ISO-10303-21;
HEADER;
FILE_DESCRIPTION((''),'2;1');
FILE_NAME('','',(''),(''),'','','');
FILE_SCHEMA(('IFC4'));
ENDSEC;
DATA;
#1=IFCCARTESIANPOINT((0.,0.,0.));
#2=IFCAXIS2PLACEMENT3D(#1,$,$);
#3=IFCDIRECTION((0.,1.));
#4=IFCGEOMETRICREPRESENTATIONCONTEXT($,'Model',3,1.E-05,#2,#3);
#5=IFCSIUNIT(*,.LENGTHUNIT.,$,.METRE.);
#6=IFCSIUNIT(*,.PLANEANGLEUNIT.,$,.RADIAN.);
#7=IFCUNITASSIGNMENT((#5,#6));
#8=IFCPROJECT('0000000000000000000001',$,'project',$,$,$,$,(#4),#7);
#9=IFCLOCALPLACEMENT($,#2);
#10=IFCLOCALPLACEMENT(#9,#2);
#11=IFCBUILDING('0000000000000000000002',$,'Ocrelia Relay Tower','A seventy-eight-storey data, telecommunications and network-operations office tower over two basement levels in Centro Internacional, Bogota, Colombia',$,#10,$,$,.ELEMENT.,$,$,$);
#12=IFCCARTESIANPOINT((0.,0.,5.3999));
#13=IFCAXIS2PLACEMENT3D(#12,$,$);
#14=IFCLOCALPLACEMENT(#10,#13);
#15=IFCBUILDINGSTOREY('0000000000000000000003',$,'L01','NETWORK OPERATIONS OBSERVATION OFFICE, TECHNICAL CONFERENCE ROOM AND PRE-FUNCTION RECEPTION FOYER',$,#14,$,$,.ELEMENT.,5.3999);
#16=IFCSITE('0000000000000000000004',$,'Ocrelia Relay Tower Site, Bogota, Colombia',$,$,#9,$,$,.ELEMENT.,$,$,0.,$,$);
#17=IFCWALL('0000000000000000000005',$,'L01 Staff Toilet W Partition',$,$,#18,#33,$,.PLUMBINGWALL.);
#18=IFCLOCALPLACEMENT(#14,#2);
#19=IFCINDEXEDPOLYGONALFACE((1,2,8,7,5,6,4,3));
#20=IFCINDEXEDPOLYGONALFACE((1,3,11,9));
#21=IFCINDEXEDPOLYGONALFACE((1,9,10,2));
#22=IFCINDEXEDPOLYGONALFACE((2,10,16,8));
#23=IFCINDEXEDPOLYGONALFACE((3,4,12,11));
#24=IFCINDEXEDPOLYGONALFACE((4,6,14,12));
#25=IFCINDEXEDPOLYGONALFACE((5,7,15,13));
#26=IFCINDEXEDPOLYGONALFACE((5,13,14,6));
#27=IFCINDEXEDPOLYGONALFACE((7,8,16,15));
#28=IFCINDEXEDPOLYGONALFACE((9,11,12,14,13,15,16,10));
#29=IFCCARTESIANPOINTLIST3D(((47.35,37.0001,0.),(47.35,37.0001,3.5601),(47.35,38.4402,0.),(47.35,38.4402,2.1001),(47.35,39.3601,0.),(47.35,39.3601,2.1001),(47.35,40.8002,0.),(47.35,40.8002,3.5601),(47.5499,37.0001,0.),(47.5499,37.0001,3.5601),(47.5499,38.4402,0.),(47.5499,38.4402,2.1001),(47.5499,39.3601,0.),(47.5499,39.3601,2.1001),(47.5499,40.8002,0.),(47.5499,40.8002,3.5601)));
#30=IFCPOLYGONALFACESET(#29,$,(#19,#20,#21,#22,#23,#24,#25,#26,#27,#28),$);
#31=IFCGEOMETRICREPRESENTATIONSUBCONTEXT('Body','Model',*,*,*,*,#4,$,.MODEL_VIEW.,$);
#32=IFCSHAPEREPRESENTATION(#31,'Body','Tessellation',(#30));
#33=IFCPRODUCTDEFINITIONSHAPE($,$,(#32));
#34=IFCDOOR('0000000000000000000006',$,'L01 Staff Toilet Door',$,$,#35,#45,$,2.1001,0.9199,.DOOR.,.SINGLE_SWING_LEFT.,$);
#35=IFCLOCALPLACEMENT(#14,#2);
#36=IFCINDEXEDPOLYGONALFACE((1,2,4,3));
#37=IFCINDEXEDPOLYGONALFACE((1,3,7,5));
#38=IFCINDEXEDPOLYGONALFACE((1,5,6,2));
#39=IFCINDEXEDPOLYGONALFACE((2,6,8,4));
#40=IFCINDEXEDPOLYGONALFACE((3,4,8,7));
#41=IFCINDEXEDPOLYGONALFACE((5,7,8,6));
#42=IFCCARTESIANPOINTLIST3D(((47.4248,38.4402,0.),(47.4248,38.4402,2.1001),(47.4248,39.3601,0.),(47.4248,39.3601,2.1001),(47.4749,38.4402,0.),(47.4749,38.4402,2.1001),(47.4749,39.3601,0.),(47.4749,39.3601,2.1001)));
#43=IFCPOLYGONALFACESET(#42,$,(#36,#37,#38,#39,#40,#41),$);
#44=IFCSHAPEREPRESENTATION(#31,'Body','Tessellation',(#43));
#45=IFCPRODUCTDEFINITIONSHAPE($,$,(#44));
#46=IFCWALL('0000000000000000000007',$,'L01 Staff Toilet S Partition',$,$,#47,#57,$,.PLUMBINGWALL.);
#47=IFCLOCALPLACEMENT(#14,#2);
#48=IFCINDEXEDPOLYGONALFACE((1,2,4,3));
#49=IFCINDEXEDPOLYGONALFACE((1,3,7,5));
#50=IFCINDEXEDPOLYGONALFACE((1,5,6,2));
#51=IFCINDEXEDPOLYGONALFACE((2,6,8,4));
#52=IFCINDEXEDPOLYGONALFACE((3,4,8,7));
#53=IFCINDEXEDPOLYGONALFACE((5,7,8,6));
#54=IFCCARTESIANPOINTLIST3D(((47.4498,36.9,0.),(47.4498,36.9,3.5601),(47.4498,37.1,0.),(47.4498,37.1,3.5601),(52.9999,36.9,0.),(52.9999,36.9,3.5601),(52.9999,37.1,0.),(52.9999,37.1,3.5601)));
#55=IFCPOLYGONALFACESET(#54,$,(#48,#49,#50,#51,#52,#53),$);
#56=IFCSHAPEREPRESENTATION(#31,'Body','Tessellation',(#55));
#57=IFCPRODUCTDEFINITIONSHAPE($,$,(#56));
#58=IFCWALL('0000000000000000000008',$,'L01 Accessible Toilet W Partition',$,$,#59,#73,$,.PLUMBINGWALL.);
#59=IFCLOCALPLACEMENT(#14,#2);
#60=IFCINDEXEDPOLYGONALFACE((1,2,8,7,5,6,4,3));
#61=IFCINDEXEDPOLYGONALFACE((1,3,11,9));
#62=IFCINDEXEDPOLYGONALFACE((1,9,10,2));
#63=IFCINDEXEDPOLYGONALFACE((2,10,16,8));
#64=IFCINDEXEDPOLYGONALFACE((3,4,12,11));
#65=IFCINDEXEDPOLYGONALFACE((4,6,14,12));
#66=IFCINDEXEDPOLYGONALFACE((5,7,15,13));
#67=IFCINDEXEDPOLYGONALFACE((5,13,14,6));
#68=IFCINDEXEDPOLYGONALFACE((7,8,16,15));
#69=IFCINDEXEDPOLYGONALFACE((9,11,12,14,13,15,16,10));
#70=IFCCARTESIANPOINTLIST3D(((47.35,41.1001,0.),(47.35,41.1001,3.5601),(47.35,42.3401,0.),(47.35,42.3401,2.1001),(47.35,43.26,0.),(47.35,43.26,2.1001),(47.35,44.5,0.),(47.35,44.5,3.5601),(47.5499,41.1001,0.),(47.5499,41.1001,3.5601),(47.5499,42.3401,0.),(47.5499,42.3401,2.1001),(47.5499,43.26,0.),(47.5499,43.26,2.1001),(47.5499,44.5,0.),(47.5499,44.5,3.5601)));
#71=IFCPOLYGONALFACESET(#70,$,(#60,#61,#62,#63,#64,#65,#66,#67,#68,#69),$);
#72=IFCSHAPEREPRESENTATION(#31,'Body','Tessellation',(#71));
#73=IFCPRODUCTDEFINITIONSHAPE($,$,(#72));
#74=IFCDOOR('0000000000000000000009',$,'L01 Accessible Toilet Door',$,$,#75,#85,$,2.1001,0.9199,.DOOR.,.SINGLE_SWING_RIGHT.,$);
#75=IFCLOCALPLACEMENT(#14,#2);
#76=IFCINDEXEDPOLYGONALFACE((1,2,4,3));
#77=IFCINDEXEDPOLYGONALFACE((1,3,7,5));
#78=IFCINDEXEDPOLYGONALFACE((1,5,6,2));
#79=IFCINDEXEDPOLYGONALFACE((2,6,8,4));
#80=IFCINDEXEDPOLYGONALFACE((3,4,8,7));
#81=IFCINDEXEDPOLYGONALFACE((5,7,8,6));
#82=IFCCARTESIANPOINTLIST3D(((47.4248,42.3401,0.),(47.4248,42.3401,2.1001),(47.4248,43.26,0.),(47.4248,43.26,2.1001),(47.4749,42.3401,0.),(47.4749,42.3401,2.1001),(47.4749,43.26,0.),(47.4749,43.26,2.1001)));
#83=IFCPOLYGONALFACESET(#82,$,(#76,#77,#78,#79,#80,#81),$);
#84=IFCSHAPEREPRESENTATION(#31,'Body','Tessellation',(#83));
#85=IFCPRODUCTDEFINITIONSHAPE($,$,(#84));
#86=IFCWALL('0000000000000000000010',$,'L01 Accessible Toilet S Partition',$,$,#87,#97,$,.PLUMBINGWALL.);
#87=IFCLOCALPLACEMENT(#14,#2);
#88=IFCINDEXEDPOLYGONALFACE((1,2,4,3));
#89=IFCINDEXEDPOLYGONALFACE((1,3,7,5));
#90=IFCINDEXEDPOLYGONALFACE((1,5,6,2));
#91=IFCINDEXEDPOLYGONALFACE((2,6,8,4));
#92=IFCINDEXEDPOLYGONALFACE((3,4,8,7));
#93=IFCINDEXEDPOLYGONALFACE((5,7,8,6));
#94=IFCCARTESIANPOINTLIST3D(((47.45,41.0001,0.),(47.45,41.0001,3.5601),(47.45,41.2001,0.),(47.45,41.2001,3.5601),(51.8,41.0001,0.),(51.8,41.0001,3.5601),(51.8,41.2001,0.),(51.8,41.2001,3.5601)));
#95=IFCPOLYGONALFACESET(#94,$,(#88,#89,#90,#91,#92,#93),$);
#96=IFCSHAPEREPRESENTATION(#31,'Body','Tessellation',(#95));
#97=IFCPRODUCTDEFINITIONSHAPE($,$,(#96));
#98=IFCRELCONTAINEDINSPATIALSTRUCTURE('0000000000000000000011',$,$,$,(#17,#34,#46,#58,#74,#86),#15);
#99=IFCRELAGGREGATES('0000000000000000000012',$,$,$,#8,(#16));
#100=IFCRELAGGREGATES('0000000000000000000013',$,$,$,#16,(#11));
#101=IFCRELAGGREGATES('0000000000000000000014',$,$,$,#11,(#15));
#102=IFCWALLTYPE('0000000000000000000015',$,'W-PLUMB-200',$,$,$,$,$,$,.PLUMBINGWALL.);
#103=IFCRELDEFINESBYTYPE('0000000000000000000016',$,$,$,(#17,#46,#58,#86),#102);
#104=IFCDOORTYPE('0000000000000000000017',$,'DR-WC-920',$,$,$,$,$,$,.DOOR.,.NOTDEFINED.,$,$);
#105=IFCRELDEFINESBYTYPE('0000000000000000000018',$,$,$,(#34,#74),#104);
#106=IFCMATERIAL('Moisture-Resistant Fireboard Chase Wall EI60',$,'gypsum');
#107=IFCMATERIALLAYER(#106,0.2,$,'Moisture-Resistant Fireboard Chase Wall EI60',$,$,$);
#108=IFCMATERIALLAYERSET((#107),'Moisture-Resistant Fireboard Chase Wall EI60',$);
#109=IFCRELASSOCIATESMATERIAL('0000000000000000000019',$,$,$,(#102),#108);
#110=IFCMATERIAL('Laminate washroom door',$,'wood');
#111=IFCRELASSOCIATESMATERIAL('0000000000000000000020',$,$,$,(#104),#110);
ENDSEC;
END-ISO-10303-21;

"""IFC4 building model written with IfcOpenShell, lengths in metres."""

from ifc_helpers import new_model, si_unit, direction, frame, frame_2d, origin, place, context, subcontext, project, spatial, rectangle, extrude, material, layer, layer_set, type_object, element, fill, save


model = new_model("IFC4")

# Units and contexts
model_context = context("Model", 3, precision=1e-05, world=origin(), true_north=direction((0.0, 1.0)))
body_context = subcontext(model_context, "Body", "Model", "MODEL_VIEW")
ifc_project = project(units=[si_unit("LENGTHUNIT", "METRE"), si_unit("PLANEANGLEUNIT", "RADIAN")], contexts=[model_context])

# Site, building, storey
site_placement = place(None, origin())
site = spatial("IfcSite", under=ifc_project, at=site_placement, Name="Ocrelia Relay Tower Site, Bogota, Colombia", CompositionType="ELEMENT", RefElevation=0.0)
building_placement = place(site_placement, origin())
building = spatial("IfcBuilding", under=site, at=building_placement, Name="Ocrelia Relay Tower", Description="A seventy-eight-storey data, telecommunications and network-operations office tower over two basement levels in Centro Internacional, Bogota, Colombia", CompositionType="ELEMENT")
storey_placement = place(building_placement, frame((0.0, 0.0, 5.3999)))
storey = spatial("IfcBuildingStorey", under=building, at=storey_placement, Name="L01", Description="NETWORK OPERATIONS OBSERVATION OFFICE, TECHNICAL CONFERENCE ROOM AND PRE-FUNCTION RECEPTION FOYER", CompositionType="ELEMENT", Elevation=5.3999)

# Wall, opening, door
ifc_material_1 = material(Name="Moisture-Resistant Fireboard Chase Wall EI60", Category="gypsum")
ifc_layer_1 = layer(ifc_material_1, 0.2, Name="Moisture-Resistant Fireboard Chase Wall EI60")
ifc_layer_set_1 = layer_set([ifc_layer_1], Name="Moisture-Resistant Fireboard Chase Wall EI60")
wall_type_1 = type_object("IfcWallType", Name="W-PLUMB-200", PredefinedType="PLUMBINGWALL", material=ifc_layer_set_1)
wall_1_placement = place(storey_placement, frame((47.45, 40.8, 0.0), z_axis=(0.0, 0.0, 1.0), x_axis=(0.0, -1.0, 0.0)))
wall_1 = element("IfcWall", 1, at=wall_1_placement, inside=storey, type_object=wall_type_1, Name="L01 Staff Toilet W Partition", PredefinedType="PLUMBINGWALL", context=body_context, shape_type="SweptSolid", body=[
    extrude(rectangle(XDim=3.8, YDim=0.2, at=frame_2d((1.8999, 0.0))), origin(), (0.0, 0.0, 1.0), 3.5601),
])
opening_1_placement = place(wall_1_placement, frame((1.4399, 0.0, 0.0)))
opening_1 = element("IfcOpeningElement", 2, at=opening_1_placement, cuts=wall_1, PredefinedType="OPENING", context=body_context, shape_type="SweptSolid", body=[
    extrude(rectangle(XDim=0.9199, YDim=2.1001, at=frame_2d((0.46, 1.05))), frame((0.0, 0.1099, 0.0), z_axis=(0.0, -1.0, 0.0), x_axis=(1.0, 0.0, 0.0)), (0.0, 0.0, 1.0), 0.22),
])
ifc_material_2 = material(Name="Laminate washroom door", Category="wood")
door_type_1 = type_object("IfcDoorType", Name="DR-WC-920", OperationType="NOTDEFINED", PredefinedType="DOOR", material=ifc_material_2)
door_1_placement = place(opening_1_placement, origin())
door_1 = element("IfcDoor", 3, at=door_1_placement, inside=storey, type_object=door_type_1, Name="L01 Staff Toilet Door", OperationType="SINGLE_SWING_LEFT", OverallHeight=2.1001, OverallWidth=0.9199, PredefinedType="DOOR", context=body_context, shape_type="SweptSolid", body=[
    extrude(rectangle(XDim=0.9199, YDim=2.1001, at=frame_2d((0.46, 1.05))), frame((0.0, 0.0249, 0.0), z_axis=(0.0, -1.0, 0.0), x_axis=(1.0, 0.0, 0.0)), (0.0, 0.0, 1.0), 0.05),
])
fill(opening_1, door_1)

# Wall
wall_2_placement = place(storey_placement, frame((47.45, 37.0, 0.0), z_axis=(0.0, 0.0, 1.0), x_axis=(1.0, 0.0, 0.0)))
element("IfcWall", 4, at=wall_2_placement, inside=storey, type_object=wall_type_1, Name="L01 Staff Toilet S Partition", PredefinedType="PLUMBINGWALL", context=body_context, shape_type="SweptSolid", body=[
    extrude(rectangle(XDim=5.55, YDim=0.2, at=frame_2d((2.7749, 0.0))), origin(), (0.0, 0.0, 1.0), 3.5601),
])

# Wall, opening, door
wall_3_placement = place(storey_placement, frame((47.45, 44.5, 0.0), z_axis=(0.0, 0.0, 1.0), x_axis=(0.0, -1.0, 0.0)))
wall_3 = element("IfcWall", 5, at=wall_3_placement, inside=storey, type_object=wall_type_1, Name="L01 Accessible Toilet W Partition", PredefinedType="PLUMBINGWALL", context=body_context, shape_type="SweptSolid", body=[
    extrude(rectangle(XDim=3.3999, YDim=0.2, at=frame_2d((1.7, 0.0))), origin(), (0.0, 0.0, 1.0), 3.5601),
])
opening_2_placement = place(wall_3_placement, frame((1.24, 0.0, 0.0)))
opening_2 = element("IfcOpeningElement", 6, at=opening_2_placement, cuts=wall_3, PredefinedType="OPENING", context=body_context, shape_type="SweptSolid", body=[
    extrude(rectangle(XDim=0.9199, YDim=2.1001, at=frame_2d((0.46, 1.05))), frame((0.0, 0.1099, 0.0), z_axis=(0.0, -1.0, 0.0), x_axis=(1.0, 0.0, 0.0)), (0.0, 0.0, 1.0), 0.22),
])
door_2_placement = place(opening_2_placement, origin())
door_2 = element("IfcDoor", 7, at=door_2_placement, inside=storey, type_object=door_type_1, Name="L01 Accessible Toilet Door", OperationType="SINGLE_SWING_RIGHT", OverallHeight=2.1001, OverallWidth=0.9199, PredefinedType="DOOR", context=body_context, shape_type="SweptSolid", body=[
    extrude(rectangle(XDim=0.9199, YDim=2.1001, at=frame_2d((0.46, 1.05))), frame((0.0, 0.0249, 0.0), z_axis=(0.0, -1.0, 0.0), x_axis=(1.0, 0.0, 0.0)), (0.0, 0.0, 1.0), 0.05),
])
fill(opening_2, door_2)

# Wall
wall_4_placement = place(storey_placement, frame((47.45, 41.1001, 0.0), z_axis=(0.0, 0.0, 1.0), x_axis=(1.0, 0.0, 0.0)))
element("IfcWall", 8, at=wall_4_placement, inside=storey, type_object=wall_type_1, Name="L01 Accessible Toilet S Partition", PredefinedType="PLUMBINGWALL", context=body_context, shape_type="SweptSolid", body=[
    extrude(rectangle(XDim=4.3501, YDim=0.2, at=frame_2d((2.175, 0.0))), origin(), (0.0, 0.0, 1.0), 3.5601),
])

save(model, "model.ifc")
